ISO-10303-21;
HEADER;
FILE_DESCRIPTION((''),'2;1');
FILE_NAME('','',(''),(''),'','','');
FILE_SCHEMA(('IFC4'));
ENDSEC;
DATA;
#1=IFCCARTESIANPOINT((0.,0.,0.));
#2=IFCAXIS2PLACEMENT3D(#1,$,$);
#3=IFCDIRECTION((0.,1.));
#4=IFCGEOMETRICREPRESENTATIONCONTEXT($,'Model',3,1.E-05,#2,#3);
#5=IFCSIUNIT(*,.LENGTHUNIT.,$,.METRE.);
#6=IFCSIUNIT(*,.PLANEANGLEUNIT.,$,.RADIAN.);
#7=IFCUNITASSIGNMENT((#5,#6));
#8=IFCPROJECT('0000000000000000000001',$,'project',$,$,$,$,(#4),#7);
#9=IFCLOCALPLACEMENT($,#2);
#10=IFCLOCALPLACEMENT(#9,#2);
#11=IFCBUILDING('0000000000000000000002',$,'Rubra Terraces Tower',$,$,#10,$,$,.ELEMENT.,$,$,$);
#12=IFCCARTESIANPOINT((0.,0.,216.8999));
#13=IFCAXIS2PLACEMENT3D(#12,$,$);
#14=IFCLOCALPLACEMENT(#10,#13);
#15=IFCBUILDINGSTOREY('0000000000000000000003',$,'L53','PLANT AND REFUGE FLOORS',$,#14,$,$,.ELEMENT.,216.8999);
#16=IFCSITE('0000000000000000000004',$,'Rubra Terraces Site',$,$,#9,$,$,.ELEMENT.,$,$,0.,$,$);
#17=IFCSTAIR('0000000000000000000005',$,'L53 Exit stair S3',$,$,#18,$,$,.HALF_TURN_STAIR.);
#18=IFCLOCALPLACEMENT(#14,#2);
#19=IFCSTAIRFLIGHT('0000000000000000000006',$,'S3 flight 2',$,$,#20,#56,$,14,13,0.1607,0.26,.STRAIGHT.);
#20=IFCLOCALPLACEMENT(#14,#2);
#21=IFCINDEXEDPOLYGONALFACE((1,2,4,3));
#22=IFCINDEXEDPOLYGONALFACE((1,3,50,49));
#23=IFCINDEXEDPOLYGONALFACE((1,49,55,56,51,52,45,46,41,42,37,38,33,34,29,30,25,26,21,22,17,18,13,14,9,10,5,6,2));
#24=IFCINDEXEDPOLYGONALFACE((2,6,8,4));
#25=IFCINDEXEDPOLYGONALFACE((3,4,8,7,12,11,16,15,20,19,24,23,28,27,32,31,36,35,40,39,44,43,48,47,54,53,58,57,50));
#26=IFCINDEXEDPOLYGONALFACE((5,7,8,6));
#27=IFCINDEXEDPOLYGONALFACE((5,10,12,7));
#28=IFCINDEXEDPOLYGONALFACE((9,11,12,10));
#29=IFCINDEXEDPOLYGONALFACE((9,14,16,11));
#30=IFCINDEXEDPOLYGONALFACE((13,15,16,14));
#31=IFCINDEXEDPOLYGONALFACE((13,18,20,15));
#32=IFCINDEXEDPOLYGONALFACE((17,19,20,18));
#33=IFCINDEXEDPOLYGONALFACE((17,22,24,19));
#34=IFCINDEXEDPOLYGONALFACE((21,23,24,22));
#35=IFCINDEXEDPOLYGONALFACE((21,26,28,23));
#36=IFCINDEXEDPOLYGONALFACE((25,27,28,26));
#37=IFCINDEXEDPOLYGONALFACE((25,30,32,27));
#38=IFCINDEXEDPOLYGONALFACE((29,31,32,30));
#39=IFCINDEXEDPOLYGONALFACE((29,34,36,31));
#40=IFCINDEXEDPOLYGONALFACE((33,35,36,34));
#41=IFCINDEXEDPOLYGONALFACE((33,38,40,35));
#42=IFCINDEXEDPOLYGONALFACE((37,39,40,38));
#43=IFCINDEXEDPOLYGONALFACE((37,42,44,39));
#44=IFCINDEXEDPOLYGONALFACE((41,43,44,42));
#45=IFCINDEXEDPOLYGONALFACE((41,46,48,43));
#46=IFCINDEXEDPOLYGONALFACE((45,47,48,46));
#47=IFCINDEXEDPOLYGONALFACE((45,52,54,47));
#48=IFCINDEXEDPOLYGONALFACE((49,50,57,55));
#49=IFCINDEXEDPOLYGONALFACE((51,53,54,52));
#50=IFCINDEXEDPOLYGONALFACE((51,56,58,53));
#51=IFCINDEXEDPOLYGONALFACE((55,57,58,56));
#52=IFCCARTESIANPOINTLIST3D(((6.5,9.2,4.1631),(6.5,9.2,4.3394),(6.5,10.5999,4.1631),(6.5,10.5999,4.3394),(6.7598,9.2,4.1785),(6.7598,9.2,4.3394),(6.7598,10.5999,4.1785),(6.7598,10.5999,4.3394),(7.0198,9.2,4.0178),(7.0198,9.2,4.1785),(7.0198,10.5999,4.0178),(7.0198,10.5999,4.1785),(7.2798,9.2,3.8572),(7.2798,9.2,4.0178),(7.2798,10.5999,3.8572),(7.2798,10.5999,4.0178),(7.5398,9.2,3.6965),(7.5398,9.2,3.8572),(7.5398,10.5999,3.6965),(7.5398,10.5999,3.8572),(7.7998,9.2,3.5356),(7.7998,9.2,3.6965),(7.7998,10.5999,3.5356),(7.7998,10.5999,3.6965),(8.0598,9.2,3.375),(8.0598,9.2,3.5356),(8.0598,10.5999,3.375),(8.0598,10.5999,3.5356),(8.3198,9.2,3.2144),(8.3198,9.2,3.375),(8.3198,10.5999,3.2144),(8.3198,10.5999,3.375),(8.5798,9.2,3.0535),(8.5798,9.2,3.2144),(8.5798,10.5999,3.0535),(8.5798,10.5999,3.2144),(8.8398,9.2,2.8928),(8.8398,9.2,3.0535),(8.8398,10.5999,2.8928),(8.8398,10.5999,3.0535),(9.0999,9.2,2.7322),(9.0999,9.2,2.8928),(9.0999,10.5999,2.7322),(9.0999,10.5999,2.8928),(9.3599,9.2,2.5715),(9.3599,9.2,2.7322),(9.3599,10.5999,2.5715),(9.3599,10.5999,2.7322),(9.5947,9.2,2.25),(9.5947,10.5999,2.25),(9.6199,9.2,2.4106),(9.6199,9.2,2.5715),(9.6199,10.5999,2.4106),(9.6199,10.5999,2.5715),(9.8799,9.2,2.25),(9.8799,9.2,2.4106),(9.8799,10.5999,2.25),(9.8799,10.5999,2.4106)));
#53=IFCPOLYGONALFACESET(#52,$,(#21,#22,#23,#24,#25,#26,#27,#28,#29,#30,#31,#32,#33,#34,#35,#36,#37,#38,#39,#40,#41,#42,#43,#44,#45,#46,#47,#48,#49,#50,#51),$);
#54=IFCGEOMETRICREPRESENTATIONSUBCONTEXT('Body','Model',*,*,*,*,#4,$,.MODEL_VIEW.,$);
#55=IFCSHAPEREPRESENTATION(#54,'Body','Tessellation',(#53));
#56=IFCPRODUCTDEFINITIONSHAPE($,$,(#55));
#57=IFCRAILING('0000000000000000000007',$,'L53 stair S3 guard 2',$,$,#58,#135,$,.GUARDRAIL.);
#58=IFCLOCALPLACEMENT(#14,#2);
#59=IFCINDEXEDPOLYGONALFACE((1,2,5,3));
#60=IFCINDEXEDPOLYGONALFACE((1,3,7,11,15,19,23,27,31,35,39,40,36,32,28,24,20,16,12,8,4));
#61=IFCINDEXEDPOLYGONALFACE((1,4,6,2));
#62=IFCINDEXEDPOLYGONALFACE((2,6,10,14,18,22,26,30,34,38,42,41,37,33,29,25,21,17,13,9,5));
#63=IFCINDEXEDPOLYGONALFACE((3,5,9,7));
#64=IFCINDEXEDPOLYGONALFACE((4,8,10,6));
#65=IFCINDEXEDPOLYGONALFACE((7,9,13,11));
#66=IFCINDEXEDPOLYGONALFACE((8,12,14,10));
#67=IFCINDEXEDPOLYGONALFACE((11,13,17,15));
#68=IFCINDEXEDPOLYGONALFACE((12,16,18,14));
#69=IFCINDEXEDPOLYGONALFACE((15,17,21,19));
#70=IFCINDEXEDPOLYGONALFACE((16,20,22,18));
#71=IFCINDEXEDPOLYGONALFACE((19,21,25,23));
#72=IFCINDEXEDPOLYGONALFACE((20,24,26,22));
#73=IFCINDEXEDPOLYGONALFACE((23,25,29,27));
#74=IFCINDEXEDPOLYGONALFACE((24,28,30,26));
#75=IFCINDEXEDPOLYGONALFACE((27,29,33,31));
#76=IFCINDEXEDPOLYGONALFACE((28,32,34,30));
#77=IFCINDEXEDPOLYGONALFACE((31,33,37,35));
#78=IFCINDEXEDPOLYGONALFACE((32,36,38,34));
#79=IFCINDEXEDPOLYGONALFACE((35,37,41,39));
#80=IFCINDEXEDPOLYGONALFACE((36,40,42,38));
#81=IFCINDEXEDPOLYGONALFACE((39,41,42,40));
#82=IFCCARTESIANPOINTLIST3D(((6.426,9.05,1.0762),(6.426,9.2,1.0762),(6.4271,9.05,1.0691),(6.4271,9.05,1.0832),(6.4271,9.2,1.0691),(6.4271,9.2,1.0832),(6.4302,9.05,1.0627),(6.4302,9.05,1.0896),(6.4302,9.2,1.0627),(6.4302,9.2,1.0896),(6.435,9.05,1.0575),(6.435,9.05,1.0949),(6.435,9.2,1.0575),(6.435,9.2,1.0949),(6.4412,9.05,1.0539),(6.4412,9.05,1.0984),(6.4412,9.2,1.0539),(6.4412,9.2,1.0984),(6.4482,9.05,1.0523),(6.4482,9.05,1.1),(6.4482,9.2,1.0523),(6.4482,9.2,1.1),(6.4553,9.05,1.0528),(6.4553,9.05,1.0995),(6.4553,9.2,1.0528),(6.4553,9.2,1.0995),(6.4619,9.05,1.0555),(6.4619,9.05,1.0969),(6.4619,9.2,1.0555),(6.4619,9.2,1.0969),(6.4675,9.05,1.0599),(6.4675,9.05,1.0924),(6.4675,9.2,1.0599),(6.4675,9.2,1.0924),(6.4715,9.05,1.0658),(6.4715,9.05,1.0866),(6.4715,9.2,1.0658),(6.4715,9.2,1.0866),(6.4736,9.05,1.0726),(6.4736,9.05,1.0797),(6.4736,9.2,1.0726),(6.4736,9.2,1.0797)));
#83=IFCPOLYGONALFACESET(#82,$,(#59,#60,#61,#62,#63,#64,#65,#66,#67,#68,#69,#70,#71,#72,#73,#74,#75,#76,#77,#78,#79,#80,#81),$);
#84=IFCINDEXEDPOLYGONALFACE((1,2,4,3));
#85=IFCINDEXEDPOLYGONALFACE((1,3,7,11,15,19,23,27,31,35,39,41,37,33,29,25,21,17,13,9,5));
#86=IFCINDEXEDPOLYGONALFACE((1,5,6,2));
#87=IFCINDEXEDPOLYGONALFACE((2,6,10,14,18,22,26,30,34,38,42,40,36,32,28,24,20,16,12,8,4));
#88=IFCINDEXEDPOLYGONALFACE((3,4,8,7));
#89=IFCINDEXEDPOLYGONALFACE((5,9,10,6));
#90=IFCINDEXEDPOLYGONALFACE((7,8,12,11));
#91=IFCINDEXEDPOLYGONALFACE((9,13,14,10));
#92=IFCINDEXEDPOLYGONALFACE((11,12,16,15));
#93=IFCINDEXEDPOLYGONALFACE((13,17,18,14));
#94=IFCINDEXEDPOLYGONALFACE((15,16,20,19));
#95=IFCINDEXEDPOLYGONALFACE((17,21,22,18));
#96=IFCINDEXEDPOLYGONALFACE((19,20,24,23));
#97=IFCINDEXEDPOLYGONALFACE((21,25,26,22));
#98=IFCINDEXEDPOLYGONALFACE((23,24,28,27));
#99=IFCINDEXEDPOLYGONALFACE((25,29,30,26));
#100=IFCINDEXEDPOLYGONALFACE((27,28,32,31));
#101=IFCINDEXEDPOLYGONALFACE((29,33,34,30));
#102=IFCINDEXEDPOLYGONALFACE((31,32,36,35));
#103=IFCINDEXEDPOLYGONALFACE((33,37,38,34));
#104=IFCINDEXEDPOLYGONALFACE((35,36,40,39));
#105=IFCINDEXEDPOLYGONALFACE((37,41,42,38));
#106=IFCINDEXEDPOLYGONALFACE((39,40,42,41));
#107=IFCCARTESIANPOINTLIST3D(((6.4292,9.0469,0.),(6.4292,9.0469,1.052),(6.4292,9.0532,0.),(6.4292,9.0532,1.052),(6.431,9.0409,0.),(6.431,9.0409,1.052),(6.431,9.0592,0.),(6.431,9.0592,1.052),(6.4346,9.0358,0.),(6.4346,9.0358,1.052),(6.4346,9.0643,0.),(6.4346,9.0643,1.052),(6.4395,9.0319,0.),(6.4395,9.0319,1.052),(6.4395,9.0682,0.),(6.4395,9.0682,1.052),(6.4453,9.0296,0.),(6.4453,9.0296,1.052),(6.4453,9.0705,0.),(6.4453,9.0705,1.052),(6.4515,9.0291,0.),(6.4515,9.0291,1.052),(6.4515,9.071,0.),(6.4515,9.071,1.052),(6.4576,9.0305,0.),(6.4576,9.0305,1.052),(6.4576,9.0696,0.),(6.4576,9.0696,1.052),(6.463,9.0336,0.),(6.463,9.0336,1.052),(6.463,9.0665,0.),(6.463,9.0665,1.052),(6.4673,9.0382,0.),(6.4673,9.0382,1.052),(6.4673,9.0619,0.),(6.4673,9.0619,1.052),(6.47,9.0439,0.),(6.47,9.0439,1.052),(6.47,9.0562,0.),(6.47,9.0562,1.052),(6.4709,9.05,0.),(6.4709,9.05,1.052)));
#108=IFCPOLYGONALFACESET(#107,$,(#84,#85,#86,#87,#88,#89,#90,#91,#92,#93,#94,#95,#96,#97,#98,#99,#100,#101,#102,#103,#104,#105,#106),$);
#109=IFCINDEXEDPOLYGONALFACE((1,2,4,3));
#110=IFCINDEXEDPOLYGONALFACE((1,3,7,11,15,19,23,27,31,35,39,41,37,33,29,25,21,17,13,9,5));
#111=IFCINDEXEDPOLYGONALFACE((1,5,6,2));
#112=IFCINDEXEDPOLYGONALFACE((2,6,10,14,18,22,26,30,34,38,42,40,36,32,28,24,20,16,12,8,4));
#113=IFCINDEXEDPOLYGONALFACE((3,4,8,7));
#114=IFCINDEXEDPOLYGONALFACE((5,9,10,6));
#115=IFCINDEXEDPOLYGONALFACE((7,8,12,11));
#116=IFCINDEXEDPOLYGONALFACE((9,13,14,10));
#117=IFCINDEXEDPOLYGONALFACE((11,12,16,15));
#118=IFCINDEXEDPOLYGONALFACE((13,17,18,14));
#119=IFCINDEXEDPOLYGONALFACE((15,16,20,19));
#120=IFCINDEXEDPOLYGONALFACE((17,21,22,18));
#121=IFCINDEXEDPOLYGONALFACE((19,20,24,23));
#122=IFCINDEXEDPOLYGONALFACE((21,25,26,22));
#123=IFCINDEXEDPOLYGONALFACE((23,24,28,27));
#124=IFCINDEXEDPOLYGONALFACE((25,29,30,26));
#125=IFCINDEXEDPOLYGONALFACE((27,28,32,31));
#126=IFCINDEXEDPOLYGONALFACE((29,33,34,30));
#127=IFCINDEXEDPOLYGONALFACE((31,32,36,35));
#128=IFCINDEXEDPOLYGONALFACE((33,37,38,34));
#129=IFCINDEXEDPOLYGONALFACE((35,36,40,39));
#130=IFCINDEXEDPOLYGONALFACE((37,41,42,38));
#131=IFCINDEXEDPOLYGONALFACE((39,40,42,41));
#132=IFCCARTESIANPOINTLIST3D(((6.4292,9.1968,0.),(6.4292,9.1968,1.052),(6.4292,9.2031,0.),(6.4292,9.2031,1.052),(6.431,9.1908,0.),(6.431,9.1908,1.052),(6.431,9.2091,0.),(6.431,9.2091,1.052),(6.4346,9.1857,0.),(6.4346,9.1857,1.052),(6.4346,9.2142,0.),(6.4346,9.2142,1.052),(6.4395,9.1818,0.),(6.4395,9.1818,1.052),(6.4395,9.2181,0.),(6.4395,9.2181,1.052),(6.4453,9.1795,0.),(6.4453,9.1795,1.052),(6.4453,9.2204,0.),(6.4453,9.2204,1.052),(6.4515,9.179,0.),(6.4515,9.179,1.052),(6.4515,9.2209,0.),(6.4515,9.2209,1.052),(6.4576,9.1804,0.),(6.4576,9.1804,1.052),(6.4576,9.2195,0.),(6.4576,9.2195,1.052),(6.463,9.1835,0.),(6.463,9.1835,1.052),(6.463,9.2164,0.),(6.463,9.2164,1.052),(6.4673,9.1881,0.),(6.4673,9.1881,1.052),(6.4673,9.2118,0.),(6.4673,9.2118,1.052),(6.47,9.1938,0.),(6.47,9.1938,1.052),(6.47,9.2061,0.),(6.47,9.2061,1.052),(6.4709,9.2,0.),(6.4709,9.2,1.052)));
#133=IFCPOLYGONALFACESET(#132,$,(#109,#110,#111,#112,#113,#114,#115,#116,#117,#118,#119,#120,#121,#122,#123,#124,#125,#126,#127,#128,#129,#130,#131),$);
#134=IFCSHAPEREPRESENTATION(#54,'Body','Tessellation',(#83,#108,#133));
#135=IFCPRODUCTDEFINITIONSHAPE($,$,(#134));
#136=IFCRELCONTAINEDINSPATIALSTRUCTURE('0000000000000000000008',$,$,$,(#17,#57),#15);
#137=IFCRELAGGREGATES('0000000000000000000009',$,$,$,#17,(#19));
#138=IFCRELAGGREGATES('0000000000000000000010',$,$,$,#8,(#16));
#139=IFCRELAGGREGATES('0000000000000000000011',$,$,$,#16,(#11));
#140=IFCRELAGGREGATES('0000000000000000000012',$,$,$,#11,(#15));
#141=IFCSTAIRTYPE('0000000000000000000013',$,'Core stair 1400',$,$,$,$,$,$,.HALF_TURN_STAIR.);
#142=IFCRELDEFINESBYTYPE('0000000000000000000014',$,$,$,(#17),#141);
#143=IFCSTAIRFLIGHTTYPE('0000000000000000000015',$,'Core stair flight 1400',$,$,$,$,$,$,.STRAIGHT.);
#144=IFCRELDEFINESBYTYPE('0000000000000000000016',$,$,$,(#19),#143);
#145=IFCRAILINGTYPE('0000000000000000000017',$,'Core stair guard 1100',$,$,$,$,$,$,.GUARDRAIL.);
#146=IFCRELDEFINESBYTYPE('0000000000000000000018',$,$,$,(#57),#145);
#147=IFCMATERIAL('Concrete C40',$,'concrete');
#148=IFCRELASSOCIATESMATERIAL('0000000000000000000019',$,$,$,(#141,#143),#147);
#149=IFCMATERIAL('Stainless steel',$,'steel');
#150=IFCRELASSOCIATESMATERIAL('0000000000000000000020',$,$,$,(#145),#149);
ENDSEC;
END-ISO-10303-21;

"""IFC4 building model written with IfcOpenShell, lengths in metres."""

from ifc_helpers import new_model, si_unit, direction, frame, origin, origin_2d, place, context, subcontext, project, spatial, polyline, circle, outline, extrude, material, type_object, element, aggregate, save


model = new_model("IFC4")

# Units and contexts
model_context = context("Model", 3, precision=1e-05, world=origin(), true_north=direction((0.0, 1.0)))
body_context = subcontext(model_context, "Body", "Model", "MODEL_VIEW")
ifc_project = project(units=[si_unit("LENGTHUNIT", "METRE"), si_unit("PLANEANGLEUNIT", "RADIAN")], contexts=[model_context])

# Site, building, storey
site_placement = place(None, origin())
site = spatial("IfcSite", under=ifc_project, at=site_placement, Name="Rubra Terraces Site", CompositionType="ELEMENT", RefElevation=0.0)
building_placement = place(site_placement, origin())
building = spatial("IfcBuilding", under=site, at=building_placement, Name="Rubra Terraces Tower", CompositionType="ELEMENT")
storey_placement = place(building_placement, frame((0.0, 0.0, 216.8999)))
storey = spatial("IfcBuildingStorey", under=building, at=storey_placement, Name="L53", Description="PLANT AND REFUGE FLOORS", CompositionType="ELEMENT", Elevation=216.8999)

# Shared definitions
ifc_material_1 = material(Name="Concrete C40", Category="concrete")

# Shared definitions
ifc_material_2 = material(Name="Stainless steel", Category="steel")

# Stair, stair flight
stair_type = type_object("IfcStairType", Name="Core stair 1400", PredefinedType="HALF_TURN_STAIR", material=ifc_material_1)
stair_placement = place(storey_placement, origin())
stair = element("IfcStair", 1, at=stair_placement, inside=storey, type_object=stair_type, Name="L53 Exit stair S3", PredefinedType="HALF_TURN_STAIR")
stair_flight_type = type_object("IfcStairFlightType", Name="Core stair flight 1400", PredefinedType="STRAIGHT", material=ifc_material_1)
stair_flight_1_placement = place(storey_placement, frame((9.8799, 9.8999, 2.25), z_axis=(0.0, 0.0, 1.0), x_axis=(-1.0, 0.0, 0.0)))
stair_flight_1 = element("IfcStairFlight", 2, at=stair_flight_1_placement, type_object=stair_flight_type, Name="S3 flight 2", NumberOfRisers=14, NumberOfTreads=13, PredefinedType="STRAIGHT", RiserHeight=0.1607, TreadLength=0.26, context=body_context, shape_type="SweptSolid", body=[
    extrude(outline(polyline([(0.0, 0.0), (0.0, 0.1606), (0.26, 0.1606), (0.26, 0.3215), (0.52, 0.3215), (0.52, 0.4822), (0.78, 0.4822), (0.78, 0.6428), (1.04, 0.6428), (1.04, 0.8035), (1.3, 0.8035), (1.3, 0.9644), (1.5601, 0.9644), (1.5601, 1.125), (1.8201, 1.125), (1.8201, 1.2856), (2.0801, 1.2856), (2.0801, 1.4465), (2.3401, 1.4465), (2.3401, 1.6072), (2.6001, 1.6072), (2.6001, 1.7678), (2.8601, 1.7678), (2.8601, 1.9285), (3.1201, 1.9285), (3.1201, 2.0894), (3.3799, 2.0894), (3.3799, 2.25), (3.3799, 1.9131), (0.2852, 0.0), (0.0, 0.0)])), frame((0.0, 0.7, 0.0), z_axis=(0.0, -1.0, 0.0), x_axis=(1.0, 0.0, 0.0)), (0.0, 0.0, 1.0), 1.3999),
])
aggregate(stair, [stair_flight_1])

# Railing
railing_type_1 = type_object("IfcRailingType", Name="Core stair guard 1100", PredefinedType="GUARDRAIL", material=ifc_material_2)
railing_1_placement = place(storey_placement, frame((6.45, 9.05, 0.0)))
element("IfcRailing", 3, at=railing_1_placement, inside=storey, type_object=railing_type_1, Name="L53 stair S3 guard 2", PredefinedType="GUARDRAIL", context=body_context, shape_type="SweptSolid", body=[
    extrude(circle(Radius=0.0239, at=origin_2d()), frame((0.0, 0.0, 1.0762), z_axis=(0.0, 1.0, 0.0), x_axis=(-1.0, 0.0, 0.0)), (0.0, 0.0, 1.0), 0.1499),
    extrude(circle(Radius=0.021, at=origin_2d()), origin(), (0.0, 0.0, 1.0), 1.052),
    extrude(circle(Radius=0.021, at=origin_2d()), frame((0.0, 0.1499, 0.0)), (0.0, 0.0, 1.0), 1.052),
])

save(model, "model.ifc")
